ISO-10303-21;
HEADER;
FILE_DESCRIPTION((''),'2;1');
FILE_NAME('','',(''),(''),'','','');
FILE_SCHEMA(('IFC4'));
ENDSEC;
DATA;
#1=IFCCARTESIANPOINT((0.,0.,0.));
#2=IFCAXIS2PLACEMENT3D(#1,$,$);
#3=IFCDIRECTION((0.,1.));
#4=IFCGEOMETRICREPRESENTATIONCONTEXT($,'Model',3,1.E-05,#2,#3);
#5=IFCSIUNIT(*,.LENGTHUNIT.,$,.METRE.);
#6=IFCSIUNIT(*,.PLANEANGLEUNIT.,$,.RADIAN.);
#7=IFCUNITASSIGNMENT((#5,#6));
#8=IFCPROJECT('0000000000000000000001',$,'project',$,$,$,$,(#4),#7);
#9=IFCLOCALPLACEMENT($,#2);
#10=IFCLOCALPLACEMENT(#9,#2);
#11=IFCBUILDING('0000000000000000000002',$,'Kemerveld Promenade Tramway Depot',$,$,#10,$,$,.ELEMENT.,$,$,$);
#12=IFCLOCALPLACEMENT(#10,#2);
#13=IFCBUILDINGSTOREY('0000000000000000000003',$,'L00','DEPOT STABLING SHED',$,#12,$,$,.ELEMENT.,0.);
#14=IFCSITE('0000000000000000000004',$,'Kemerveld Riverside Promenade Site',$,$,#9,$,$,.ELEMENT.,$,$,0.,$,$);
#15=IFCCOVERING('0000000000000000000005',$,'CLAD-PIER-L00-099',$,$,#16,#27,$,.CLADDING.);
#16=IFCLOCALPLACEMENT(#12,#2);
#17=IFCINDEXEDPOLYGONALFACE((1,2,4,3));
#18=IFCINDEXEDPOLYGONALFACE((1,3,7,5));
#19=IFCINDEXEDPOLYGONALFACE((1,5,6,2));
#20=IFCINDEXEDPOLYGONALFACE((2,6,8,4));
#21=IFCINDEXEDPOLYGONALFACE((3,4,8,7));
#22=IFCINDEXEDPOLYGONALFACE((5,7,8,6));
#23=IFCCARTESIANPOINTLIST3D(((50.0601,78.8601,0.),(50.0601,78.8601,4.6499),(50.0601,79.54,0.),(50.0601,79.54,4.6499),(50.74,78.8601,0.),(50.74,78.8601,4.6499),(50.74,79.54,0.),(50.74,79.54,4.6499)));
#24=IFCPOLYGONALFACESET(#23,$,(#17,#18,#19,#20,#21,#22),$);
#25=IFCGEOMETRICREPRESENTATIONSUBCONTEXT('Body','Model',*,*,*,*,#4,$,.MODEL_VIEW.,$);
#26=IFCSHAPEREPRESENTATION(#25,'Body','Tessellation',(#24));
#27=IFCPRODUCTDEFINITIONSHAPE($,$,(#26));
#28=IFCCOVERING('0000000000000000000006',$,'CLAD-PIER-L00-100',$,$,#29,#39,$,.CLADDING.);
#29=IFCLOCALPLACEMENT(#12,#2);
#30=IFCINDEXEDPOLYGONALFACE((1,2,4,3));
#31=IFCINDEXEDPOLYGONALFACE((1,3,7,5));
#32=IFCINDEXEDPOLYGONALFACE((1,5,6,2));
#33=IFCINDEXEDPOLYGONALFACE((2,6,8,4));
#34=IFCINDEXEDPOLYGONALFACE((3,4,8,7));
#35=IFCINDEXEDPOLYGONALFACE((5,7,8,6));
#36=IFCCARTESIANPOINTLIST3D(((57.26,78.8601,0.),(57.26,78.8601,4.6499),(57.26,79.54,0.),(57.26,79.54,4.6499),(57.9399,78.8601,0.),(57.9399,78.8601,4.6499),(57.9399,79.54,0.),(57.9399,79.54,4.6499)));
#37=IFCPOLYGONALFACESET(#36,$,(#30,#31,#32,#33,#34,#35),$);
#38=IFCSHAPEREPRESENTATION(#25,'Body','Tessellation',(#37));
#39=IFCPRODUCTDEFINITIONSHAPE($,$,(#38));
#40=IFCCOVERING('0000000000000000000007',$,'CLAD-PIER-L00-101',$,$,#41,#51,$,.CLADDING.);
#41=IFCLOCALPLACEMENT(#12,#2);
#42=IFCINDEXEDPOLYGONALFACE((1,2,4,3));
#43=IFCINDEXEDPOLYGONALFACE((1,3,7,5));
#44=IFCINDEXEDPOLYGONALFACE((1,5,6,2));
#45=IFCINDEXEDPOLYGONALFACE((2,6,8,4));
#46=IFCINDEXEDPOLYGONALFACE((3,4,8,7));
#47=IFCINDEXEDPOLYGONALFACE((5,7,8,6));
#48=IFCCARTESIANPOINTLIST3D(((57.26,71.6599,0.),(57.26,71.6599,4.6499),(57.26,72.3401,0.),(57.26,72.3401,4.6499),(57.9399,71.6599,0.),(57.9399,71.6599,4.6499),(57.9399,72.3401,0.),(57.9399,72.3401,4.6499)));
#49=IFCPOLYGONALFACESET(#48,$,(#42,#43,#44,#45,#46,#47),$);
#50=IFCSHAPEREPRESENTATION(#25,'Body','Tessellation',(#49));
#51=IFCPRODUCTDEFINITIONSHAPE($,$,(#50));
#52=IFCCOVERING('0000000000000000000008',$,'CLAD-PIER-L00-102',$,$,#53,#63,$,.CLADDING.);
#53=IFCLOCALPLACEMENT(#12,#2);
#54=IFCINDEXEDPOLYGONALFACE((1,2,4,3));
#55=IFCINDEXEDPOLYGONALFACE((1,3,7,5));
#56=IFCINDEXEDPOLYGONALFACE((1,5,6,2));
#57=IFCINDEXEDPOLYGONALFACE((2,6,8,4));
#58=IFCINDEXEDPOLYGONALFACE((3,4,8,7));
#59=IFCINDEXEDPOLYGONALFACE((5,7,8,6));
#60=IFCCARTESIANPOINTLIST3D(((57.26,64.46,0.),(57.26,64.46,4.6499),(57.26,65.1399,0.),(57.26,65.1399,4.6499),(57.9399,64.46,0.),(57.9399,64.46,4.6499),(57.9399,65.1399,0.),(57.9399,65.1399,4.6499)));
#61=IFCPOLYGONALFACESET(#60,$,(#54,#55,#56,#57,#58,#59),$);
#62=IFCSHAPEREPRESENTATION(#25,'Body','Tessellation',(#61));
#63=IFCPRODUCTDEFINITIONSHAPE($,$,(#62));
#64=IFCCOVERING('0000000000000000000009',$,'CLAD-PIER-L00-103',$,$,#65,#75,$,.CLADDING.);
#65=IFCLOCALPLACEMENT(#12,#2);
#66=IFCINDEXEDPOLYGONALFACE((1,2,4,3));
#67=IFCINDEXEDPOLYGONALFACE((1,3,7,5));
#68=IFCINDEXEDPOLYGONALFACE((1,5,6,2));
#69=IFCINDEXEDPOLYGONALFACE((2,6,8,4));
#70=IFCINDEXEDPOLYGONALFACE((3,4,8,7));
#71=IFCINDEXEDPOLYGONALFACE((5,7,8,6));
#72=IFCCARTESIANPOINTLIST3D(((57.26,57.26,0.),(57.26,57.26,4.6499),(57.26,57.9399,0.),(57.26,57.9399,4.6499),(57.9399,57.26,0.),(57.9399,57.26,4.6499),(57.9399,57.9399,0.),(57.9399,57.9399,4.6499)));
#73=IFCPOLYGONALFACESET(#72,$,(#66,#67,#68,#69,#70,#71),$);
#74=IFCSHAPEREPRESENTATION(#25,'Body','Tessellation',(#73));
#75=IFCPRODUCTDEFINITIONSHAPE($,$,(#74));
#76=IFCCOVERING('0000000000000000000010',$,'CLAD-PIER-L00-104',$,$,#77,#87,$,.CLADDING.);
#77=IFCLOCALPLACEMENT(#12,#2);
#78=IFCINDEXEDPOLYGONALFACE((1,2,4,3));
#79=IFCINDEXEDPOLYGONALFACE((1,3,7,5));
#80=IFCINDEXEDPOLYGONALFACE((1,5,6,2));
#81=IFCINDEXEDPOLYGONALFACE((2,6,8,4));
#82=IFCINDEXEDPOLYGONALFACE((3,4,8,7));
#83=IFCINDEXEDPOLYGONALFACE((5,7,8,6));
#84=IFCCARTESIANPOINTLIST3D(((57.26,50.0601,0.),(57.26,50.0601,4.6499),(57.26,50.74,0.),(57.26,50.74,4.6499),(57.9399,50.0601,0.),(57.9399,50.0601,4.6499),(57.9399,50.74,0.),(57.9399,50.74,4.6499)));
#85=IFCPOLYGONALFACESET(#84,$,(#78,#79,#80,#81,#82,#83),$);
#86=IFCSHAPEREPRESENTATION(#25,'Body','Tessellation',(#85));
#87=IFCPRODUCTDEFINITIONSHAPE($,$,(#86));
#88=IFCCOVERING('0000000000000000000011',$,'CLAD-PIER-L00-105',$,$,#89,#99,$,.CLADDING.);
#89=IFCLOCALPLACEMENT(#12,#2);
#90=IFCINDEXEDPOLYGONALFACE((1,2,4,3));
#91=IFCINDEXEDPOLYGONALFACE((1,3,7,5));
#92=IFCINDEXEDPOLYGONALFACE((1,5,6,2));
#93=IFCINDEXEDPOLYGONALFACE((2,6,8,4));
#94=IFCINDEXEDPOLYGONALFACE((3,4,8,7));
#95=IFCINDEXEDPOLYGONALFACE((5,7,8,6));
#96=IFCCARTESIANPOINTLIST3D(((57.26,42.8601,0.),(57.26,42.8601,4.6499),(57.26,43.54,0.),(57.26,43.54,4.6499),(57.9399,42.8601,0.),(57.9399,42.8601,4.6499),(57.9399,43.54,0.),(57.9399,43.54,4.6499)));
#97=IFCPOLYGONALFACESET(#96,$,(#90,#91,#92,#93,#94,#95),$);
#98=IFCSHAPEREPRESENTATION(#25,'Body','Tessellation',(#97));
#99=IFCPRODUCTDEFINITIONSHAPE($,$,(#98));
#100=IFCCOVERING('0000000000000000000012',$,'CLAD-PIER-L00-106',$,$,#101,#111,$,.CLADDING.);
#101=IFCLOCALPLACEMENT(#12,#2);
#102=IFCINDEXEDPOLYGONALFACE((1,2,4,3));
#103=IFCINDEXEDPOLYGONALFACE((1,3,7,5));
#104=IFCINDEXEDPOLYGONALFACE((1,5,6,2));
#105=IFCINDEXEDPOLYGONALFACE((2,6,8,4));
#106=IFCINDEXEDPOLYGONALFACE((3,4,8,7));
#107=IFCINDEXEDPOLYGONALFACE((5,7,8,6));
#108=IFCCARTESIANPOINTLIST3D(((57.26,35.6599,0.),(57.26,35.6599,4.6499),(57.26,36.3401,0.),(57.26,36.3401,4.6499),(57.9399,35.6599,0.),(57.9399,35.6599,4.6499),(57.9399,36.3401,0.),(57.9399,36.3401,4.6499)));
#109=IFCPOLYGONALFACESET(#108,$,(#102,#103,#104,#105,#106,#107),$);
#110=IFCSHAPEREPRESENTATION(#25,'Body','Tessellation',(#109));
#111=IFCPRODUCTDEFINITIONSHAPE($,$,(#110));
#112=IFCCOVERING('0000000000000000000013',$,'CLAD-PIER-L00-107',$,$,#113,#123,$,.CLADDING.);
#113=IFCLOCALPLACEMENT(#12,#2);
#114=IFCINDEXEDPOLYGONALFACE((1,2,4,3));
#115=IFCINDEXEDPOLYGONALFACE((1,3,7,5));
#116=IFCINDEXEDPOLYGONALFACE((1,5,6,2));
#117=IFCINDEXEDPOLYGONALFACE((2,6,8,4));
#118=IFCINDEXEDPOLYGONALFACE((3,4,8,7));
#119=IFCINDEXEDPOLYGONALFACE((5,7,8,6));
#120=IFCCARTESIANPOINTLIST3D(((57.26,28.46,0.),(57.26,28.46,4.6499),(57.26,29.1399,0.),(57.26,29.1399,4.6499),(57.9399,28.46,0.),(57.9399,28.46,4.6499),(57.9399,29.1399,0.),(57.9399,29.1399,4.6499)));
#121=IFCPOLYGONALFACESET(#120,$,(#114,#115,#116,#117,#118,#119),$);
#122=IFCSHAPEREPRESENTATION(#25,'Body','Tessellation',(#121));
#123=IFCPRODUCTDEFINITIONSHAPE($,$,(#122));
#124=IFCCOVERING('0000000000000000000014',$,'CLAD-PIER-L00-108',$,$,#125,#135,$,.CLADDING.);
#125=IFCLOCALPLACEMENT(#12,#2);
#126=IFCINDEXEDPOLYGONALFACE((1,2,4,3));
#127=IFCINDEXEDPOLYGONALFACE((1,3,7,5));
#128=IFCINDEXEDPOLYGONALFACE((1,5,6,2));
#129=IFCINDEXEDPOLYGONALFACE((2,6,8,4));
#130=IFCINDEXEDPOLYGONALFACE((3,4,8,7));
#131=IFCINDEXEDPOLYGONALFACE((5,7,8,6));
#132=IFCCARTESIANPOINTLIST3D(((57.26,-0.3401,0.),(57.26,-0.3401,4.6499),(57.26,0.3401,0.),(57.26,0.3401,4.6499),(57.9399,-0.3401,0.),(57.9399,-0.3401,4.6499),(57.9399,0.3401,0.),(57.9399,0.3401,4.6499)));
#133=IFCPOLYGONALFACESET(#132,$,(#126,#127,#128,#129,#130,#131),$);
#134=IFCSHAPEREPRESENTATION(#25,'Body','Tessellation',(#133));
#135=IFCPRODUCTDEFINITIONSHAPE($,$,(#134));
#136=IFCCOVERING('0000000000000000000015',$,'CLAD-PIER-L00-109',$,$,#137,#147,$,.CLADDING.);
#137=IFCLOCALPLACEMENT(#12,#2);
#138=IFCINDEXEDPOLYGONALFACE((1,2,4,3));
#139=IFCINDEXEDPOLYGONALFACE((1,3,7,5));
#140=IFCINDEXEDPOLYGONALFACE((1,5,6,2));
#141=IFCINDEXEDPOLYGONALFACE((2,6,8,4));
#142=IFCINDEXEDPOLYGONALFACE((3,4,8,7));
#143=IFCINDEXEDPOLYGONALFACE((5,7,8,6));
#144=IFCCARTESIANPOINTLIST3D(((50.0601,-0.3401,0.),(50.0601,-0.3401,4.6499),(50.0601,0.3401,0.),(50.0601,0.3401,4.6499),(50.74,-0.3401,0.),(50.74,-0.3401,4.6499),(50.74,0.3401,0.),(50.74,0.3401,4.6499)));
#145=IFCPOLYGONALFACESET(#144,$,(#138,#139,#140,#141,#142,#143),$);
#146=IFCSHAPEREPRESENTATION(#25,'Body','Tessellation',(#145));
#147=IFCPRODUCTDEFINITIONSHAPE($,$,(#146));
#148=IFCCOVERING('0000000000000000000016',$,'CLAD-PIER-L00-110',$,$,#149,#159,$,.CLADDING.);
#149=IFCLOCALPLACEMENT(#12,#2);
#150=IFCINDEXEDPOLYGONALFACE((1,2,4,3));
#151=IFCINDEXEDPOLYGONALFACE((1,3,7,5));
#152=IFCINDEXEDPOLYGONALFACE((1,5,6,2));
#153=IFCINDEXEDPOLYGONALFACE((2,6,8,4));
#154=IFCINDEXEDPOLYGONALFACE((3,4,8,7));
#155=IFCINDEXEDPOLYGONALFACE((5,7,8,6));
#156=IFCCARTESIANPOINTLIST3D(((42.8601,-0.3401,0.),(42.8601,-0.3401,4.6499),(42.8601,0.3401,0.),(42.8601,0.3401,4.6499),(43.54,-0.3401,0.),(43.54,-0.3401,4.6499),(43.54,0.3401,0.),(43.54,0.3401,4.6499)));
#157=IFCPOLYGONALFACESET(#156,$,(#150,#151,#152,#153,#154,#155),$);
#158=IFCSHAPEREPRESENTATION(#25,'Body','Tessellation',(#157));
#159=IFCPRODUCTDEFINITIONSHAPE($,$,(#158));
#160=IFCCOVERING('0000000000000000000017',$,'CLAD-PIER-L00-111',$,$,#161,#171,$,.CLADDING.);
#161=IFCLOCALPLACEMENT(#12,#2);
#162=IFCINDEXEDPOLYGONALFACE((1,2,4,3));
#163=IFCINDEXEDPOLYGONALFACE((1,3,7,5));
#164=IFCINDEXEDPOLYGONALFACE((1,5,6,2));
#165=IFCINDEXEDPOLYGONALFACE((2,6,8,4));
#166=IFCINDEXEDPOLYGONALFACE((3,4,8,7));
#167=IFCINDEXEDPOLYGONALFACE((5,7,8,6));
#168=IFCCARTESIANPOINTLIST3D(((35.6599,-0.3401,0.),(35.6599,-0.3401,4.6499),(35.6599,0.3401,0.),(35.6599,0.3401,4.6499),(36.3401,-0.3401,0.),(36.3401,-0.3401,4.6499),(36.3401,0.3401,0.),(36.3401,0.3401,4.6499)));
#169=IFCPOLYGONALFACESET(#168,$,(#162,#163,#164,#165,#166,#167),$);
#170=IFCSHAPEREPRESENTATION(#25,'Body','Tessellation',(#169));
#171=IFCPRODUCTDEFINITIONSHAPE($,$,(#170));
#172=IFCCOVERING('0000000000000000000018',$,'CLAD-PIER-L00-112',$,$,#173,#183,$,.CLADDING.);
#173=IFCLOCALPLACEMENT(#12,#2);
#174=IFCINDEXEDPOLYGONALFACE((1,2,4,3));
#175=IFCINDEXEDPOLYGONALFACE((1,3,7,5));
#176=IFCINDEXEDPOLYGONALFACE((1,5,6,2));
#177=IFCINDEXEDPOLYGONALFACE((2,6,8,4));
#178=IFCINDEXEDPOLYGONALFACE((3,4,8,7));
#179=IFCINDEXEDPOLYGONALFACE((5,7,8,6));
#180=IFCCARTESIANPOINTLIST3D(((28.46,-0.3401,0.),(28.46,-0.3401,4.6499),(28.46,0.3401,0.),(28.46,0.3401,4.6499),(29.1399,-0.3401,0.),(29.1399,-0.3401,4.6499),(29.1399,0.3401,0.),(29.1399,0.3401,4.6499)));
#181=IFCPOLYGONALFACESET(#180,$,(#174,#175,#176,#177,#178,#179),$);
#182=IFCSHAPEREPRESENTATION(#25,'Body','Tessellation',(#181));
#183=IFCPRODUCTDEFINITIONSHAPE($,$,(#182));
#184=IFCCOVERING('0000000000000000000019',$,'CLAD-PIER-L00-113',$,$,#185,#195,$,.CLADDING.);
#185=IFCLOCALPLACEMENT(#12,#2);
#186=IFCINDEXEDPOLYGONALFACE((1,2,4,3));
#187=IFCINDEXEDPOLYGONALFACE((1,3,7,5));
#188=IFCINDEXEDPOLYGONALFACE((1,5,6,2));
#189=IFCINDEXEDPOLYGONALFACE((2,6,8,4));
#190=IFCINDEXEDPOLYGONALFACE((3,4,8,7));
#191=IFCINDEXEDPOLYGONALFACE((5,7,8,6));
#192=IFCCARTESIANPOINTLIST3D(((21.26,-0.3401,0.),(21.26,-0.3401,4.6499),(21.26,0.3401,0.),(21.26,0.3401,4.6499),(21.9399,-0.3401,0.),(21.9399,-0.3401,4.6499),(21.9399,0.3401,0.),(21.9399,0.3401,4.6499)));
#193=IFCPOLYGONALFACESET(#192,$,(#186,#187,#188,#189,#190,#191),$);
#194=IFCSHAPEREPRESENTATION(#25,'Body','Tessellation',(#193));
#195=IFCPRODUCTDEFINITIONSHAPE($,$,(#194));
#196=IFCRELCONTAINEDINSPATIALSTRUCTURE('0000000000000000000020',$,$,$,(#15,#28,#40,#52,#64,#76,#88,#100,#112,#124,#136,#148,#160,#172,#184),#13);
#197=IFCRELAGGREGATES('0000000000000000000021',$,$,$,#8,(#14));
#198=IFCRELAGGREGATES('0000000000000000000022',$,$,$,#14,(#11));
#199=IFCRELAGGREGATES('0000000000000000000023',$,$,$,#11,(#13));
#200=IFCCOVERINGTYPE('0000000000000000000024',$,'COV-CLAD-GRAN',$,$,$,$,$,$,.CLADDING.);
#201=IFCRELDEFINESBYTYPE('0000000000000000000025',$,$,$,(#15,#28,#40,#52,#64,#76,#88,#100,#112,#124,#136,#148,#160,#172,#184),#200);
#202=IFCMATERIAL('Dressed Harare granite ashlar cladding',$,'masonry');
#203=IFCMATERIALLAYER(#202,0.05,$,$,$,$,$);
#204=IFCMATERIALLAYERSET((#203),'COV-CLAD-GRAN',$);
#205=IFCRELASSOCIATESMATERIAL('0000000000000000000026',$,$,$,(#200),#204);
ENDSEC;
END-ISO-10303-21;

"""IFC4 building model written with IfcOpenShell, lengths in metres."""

from ifc_helpers import new_model, si_unit, direction, origin, place, context, subcontext, project, spatial, polyline, outline, extrude, material, layer, layer_set, type_object, element, save


model = new_model("IFC4")

# Units and contexts
model_context = context("Model", 3, precision=1e-05, world=origin(), true_north=direction((0.0, 1.0)))
body_context = subcontext(model_context, "Body", "Model", "MODEL_VIEW")
ifc_project = project(units=[si_unit("LENGTHUNIT", "METRE"), si_unit("PLANEANGLEUNIT", "RADIAN")], contexts=[model_context])

# Site, building, storey
site_placement = place(None, origin())
site = spatial("IfcSite", under=ifc_project, at=site_placement, Name="Kemerveld Riverside Promenade Site", CompositionType="ELEMENT", RefElevation=0.0)
building_placement = place(site_placement, origin())
building = spatial("IfcBuilding", under=site, at=building_placement, Name="Kemerveld Promenade Tramway Depot", CompositionType="ELEMENT")
storey_placement = place(building_placement, origin())
storey = spatial("IfcBuildingStorey", under=building, at=storey_placement, Name="L00", Description="DEPOT STABLING SHED", CompositionType="ELEMENT", Elevation=0.0)

# Coverings
ifc_material = material(Name="Dressed Harare granite ashlar cladding", Category="masonry")
ifc_layer = layer(ifc_material, 0.05)
ifc_layer_set = layer_set([ifc_layer], Name="COV-CLAD-GRAN")
covering_type = type_object("IfcCoveringType", Name="COV-CLAD-GRAN", PredefinedType="CLADDING", material=ifc_layer_set)
covering_1_placement = place(storey_placement, origin())
element("IfcCovering", 1, at=covering_1_placement, inside=storey, type_object=covering_type, Name="CLAD-PIER-L00-099", PredefinedType="CLADDING", context=body_context, shape_type="SweptSolid", body=[
    extrude(outline(polyline([(50.0601, 78.8601), (50.74, 78.8601), (50.74, 79.54), (50.0601, 79.54), (50.0601, 78.8601)])), origin(), (0.0, 0.0, 1.0), 4.6499),
])
covering_2_placement = place(storey_placement, origin())
element("IfcCovering", 2, at=covering_2_placement, inside=storey, type_object=covering_type, Name="CLAD-PIER-L00-100", PredefinedType="CLADDING", context=body_context, shape_type="SweptSolid", body=[
    extrude(outline(polyline([(57.26, 78.8601), (57.9399, 78.8601), (57.9399, 79.54), (57.26, 79.54), (57.26, 78.8601)])), origin(), (0.0, 0.0, 1.0), 4.6499),
])
covering_3_placement = place(storey_placement, origin())
element("IfcCovering", 3, at=covering_3_placement, inside=storey, type_object=covering_type, Name="CLAD-PIER-L00-101", PredefinedType="CLADDING", context=body_context, shape_type="SweptSolid", body=[
    extrude(outline(polyline([(57.26, 71.6599), (57.9399, 71.6599), (57.9399, 72.3401), (57.26, 72.3401), (57.26, 71.6599)])), origin(), (0.0, 0.0, 1.0), 4.6499),
])
covering_4_placement = place(storey_placement, origin())
element("IfcCovering", 4, at=covering_4_placement, inside=storey, type_object=covering_type, Name="CLAD-PIER-L00-102", PredefinedType="CLADDING", context=body_context, shape_type="SweptSolid", body=[
    extrude(outline(polyline([(57.26, 64.46), (57.9399, 64.46), (57.9399, 65.1399), (57.26, 65.1399), (57.26, 64.46)])), origin(), (0.0, 0.0, 1.0), 4.6499),
])
covering_5_placement = place(storey_placement, origin())
element("IfcCovering", 5, at=covering_5_placement, inside=storey, type_object=covering_type, Name="CLAD-PIER-L00-103", PredefinedType="CLADDING", context=body_context, shape_type="SweptSolid", body=[
    extrude(outline(polyline([(57.26, 57.26), (57.9399, 57.26), (57.9399, 57.9399), (57.26, 57.9399), (57.26, 57.26)])), origin(), (0.0, 0.0, 1.0), 4.6499),
])
covering_6_placement = place(storey_placement, origin())
element("IfcCovering", 6, at=covering_6_placement, inside=storey, type_object=covering_type, Name="CLAD-PIER-L00-104", PredefinedType="CLADDING", context=body_context, shape_type="SweptSolid", body=[
    extrude(outline(polyline([(57.26, 50.0601), (57.9399, 50.0601), (57.9399, 50.74), (57.26, 50.74), (57.26, 50.0601)])), origin(), (0.0, 0.0, 1.0), 4.6499),
])
covering_7_placement = place(storey_placement, origin())
element("IfcCovering", 7, at=covering_7_placement, inside=storey, type_object=covering_type, Name="CLAD-PIER-L00-105", PredefinedType="CLADDING", context=body_context, shape_type="SweptSolid", body=[
    extrude(outline(polyline([(57.26, 42.8601), (57.9399, 42.8601), (57.9399, 43.54), (57.26, 43.54), (57.26, 42.8601)])), origin(), (0.0, 0.0, 1.0), 4.6499),
])
covering_8_placement = place(storey_placement, origin())
element("IfcCovering", 8, at=covering_8_placement, inside=storey, type_object=covering_type, Name="CLAD-PIER-L00-106", PredefinedType="CLADDING", context=body_context, shape_type="SweptSolid", body=[
    extrude(outline(polyline([(57.26, 35.6599), (57.9399, 35.6599), (57.9399, 36.3401), (57.26, 36.3401), (57.26, 35.6599)])), origin(), (0.0, 0.0, 1.0), 4.6499),
])
covering_9_placement = place(storey_placement, origin())
element("IfcCovering", 9, at=covering_9_placement, inside=storey, type_object=covering_type, Name="CLAD-PIER-L00-107", PredefinedType="CLADDING", context=body_context, shape_type="SweptSolid", body=[
    extrude(outline(polyline([(57.26, 28.46), (57.9399, 28.46), (57.9399, 29.1399), (57.26, 29.1399), (57.26, 28.46)])), origin(), (0.0, 0.0, 1.0), 4.6499),
])
covering_10_placement = place(storey_placement, origin())
element("IfcCovering", 10, at=covering_10_placement, inside=storey, type_object=covering_type, Name="CLAD-PIER-L00-108", PredefinedType="CLADDING", context=body_context, shape_type="SweptSolid", body=[
    extrude(outline(polyline([(57.26, -0.3401), (57.9399, -0.3401), (57.9399, 0.3401), (57.26, 0.3401), (57.26, -0.3401)])), origin(), (0.0, 0.0, 1.0), 4.6499),
])
covering_11_placement = place(storey_placement, origin())
element("IfcCovering", 11, at=covering_11_placement, inside=storey, type_object=covering_type, Name="CLAD-PIER-L00-109", PredefinedType="CLADDING", context=body_context, shape_type="SweptSolid", body=[
    extrude(outline(polyline([(50.0601, -0.3401), (50.74, -0.3401), (50.74, 0.3401), (50.0601, 0.3401), (50.0601, -0.3401)])), origin(), (0.0, 0.0, 1.0), 4.6499),
])
covering_12_placement = place(storey_placement, origin())
element("IfcCovering", 12, at=covering_12_placement, inside=storey, type_object=covering_type, Name="CLAD-PIER-L00-110", PredefinedType="CLADDING", context=body_context, shape_type="SweptSolid", body=[
    extrude(outline(polyline([(42.8601, -0.3401), (43.54, -0.3401), (43.54, 0.3401), (42.8601, 0.3401), (42.8601, -0.3401)])), origin(), (0.0, 0.0, 1.0), 4.6499),
])
covering_13_placement = place(storey_placement, origin())
element("IfcCovering", 13, at=covering_13_placement, inside=storey, type_object=covering_type, Name="CLAD-PIER-L00-111", PredefinedType="CLADDING", context=body_context, shape_type="SweptSolid", body=[
    extrude(outline(polyline([(35.6599, -0.3401), (36.3401, -0.3401), (36.3401, 0.3401), (35.6599, 0.3401), (35.6599, -0.3401)])), origin(), (0.0, 0.0, 1.0), 4.6499),
])
covering_14_placement = place(storey_placement, origin())
element("IfcCovering", 14, at=covering_14_placement, inside=storey, type_object=covering_type, Name="CLAD-PIER-L00-112", PredefinedType="CLADDING", context=body_context, shape_type="SweptSolid", body=[
    extrude(outline(polyline([(28.46, -0.3401), (29.1399, -0.3401), (29.1399, 0.3401), (28.46, 0.3401), (28.46, -0.3401)])), origin(), (0.0, 0.0, 1.0), 4.6499),
])
covering_15_placement = place(storey_placement, origin())
element("IfcCovering", 15, at=covering_15_placement, inside=storey, type_object=covering_type, Name="CLAD-PIER-L00-113", PredefinedType="CLADDING", context=body_context, shape_type="SweptSolid", body=[
    extrude(outline(polyline([(21.26, -0.3401), (21.9399, -0.3401), (21.9399, 0.3401), (21.26, 0.3401), (21.26, -0.3401)])), origin(), (0.0, 0.0, 1.0), 4.6499),
])

save(model, "model.ifc")
